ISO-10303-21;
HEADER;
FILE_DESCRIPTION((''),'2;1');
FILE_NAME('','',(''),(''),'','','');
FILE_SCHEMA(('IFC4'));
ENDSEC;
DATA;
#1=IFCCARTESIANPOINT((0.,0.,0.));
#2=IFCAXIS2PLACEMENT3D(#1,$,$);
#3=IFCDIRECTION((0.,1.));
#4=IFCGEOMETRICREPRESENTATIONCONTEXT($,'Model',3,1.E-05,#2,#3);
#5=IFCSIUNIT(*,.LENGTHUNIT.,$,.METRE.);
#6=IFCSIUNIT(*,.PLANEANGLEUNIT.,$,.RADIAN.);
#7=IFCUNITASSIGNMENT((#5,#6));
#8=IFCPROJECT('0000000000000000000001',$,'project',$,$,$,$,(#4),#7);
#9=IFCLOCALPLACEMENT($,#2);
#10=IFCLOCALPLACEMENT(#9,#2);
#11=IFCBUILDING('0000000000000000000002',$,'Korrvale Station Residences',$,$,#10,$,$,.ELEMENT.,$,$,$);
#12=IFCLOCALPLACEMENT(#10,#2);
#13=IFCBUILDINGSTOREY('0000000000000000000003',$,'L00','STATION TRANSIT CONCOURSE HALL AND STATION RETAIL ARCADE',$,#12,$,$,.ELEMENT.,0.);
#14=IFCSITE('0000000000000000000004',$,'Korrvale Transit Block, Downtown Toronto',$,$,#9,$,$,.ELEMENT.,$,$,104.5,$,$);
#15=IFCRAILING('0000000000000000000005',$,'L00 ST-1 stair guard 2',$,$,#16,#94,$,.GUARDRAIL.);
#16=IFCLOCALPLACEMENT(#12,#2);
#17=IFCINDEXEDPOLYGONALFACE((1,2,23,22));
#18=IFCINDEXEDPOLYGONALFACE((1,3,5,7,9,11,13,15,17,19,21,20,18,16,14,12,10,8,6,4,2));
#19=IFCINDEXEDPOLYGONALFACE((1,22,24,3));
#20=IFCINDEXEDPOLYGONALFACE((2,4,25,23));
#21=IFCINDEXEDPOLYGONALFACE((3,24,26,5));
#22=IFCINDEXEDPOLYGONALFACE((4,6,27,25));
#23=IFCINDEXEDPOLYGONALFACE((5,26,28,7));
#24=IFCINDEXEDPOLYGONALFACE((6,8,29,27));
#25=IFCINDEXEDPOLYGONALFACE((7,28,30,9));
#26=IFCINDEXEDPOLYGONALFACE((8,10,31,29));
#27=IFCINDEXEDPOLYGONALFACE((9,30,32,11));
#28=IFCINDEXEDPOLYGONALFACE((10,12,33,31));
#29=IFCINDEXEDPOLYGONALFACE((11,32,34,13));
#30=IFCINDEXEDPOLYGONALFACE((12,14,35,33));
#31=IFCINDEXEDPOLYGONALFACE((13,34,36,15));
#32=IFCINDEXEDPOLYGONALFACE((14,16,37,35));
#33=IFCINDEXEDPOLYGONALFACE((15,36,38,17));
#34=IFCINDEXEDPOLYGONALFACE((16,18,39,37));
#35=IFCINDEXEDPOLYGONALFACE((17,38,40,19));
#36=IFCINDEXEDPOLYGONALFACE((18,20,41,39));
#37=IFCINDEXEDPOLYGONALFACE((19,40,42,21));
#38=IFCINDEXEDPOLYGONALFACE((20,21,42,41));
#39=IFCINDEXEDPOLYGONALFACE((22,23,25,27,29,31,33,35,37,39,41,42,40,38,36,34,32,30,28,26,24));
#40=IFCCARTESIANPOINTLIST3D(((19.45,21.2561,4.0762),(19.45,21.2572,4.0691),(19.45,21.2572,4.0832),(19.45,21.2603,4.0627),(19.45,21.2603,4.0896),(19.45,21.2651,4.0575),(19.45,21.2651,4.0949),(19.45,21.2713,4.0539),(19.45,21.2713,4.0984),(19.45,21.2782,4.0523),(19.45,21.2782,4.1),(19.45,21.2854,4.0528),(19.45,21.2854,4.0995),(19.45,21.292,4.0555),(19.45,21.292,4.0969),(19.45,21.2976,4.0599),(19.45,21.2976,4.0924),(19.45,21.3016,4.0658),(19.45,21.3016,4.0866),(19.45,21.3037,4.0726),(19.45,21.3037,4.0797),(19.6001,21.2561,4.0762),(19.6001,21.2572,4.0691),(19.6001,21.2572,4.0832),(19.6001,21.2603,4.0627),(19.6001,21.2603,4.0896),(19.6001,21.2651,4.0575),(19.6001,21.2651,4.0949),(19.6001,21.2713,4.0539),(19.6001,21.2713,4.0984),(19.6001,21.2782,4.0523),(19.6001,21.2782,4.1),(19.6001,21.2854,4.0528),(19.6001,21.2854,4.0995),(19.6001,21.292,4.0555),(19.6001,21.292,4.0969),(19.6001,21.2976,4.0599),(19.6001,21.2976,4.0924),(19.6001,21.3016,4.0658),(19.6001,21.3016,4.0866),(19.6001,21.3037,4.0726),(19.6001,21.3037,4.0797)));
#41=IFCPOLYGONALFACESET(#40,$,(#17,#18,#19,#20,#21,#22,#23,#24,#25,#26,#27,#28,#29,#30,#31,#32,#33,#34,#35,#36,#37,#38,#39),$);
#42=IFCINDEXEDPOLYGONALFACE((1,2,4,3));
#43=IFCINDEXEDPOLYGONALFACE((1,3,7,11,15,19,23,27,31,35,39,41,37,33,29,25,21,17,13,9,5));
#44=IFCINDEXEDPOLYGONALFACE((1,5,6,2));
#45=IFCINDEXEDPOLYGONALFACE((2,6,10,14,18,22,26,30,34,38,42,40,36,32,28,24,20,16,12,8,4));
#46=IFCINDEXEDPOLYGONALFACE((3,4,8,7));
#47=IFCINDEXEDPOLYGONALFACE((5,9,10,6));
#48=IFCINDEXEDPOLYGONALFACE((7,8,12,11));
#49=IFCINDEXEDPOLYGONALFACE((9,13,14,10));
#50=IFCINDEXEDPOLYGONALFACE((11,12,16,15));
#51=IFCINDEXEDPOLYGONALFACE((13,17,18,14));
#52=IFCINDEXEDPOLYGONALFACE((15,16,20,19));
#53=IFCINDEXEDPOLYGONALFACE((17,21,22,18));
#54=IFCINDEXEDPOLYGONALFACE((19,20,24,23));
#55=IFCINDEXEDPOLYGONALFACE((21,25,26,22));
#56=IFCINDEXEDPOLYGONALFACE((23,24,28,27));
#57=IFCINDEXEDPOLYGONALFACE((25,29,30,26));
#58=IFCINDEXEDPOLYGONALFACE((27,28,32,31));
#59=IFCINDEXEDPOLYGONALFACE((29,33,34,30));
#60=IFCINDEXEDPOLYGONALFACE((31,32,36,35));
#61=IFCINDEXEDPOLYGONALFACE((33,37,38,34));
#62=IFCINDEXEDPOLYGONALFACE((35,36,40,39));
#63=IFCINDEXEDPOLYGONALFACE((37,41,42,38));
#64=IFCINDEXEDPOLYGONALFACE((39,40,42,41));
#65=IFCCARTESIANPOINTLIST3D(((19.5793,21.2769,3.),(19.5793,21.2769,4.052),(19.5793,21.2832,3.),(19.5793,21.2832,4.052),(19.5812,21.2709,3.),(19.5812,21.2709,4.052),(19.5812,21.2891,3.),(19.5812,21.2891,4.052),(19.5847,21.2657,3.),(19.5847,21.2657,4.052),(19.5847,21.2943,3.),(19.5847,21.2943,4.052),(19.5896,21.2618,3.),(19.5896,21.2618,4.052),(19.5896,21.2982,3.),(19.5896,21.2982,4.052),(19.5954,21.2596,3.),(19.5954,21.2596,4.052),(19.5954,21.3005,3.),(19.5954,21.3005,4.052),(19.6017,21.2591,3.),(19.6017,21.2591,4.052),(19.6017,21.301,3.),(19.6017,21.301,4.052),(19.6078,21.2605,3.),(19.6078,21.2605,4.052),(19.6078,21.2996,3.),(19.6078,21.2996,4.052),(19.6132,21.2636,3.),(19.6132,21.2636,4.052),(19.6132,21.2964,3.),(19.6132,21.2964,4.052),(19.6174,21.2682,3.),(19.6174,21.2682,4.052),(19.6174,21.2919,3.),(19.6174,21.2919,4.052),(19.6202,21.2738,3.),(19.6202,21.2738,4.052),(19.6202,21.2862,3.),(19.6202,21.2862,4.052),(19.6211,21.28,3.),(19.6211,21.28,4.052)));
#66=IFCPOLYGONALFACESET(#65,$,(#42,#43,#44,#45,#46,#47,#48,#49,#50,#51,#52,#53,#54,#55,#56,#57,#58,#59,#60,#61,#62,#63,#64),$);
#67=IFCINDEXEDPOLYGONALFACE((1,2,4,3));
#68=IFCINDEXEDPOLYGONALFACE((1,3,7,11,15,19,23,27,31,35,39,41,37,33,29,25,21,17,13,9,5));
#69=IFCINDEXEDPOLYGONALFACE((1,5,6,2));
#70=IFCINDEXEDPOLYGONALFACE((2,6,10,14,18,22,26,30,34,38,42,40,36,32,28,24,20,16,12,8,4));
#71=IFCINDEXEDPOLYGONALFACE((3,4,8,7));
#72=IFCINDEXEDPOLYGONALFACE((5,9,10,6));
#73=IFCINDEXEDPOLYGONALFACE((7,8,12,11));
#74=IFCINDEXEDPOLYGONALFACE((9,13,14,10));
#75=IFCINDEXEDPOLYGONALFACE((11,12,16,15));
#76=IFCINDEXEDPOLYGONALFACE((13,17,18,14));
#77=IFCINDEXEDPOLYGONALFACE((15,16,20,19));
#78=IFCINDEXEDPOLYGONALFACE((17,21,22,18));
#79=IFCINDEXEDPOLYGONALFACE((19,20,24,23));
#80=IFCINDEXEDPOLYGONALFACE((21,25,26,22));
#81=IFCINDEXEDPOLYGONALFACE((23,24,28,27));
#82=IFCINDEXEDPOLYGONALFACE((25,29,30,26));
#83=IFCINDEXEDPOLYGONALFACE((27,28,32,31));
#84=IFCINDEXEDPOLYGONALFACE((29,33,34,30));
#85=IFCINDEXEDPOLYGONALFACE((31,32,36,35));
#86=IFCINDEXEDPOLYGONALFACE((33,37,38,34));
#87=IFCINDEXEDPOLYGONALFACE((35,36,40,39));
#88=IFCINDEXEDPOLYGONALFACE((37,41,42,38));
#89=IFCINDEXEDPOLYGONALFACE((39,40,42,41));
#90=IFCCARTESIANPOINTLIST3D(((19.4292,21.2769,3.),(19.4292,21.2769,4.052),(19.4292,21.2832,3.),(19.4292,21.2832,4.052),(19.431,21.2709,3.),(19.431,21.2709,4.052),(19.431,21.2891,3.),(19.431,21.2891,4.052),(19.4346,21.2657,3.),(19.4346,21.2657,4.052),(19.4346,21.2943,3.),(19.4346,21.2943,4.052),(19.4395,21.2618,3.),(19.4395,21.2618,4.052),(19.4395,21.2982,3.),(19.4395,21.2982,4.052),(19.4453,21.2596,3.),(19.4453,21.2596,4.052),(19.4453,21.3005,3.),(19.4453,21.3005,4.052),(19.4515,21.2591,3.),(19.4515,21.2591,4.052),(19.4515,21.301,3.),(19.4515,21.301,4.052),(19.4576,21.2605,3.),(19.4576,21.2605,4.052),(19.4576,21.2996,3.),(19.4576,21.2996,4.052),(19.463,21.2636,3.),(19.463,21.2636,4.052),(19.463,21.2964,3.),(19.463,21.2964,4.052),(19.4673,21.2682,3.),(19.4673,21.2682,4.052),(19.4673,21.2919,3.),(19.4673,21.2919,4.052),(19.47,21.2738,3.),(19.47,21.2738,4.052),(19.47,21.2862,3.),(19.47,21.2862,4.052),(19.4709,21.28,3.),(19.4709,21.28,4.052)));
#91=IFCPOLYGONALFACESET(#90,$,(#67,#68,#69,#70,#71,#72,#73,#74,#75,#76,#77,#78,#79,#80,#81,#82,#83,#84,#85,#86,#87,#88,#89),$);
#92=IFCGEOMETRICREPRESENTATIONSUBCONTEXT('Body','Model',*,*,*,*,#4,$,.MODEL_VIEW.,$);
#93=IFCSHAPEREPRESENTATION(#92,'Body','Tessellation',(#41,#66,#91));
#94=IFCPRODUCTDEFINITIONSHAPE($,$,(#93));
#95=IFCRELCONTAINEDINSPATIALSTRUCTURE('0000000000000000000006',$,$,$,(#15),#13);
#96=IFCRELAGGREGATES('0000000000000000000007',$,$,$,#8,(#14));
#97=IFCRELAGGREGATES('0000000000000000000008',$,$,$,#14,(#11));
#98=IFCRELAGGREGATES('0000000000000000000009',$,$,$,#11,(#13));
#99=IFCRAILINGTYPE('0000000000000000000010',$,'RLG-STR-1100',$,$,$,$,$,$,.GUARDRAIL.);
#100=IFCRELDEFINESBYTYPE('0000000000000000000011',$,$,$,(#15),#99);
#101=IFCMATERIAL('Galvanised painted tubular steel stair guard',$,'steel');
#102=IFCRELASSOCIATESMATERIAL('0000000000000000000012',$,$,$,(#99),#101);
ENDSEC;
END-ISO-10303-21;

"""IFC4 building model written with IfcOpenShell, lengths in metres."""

from ifc_helpers import new_model, si_unit, direction, frame, origin, origin_2d, place, context, subcontext, project, spatial, circle, extrude, material, type_object, element, save


model = new_model("IFC4")

# Units and contexts
model_context = context("Model", 3, precision=1e-05, world=origin(), true_north=direction((0.0, 1.0)))
body_context = subcontext(model_context, "Body", "Model", "MODEL_VIEW")
ifc_project = project(units=[si_unit("LENGTHUNIT", "METRE"), si_unit("PLANEANGLEUNIT", "RADIAN")], contexts=[model_context])

# Site, building, storey
site_placement = place(None, origin())
site = spatial("IfcSite", under=ifc_project, at=site_placement, Name="Korrvale Transit Block, Downtown Toronto", CompositionType="ELEMENT", RefElevation=104.5)
building_placement = place(site_placement, origin())
building = spatial("IfcBuilding", under=site, at=building_placement, Name="Korrvale Station Residences", CompositionType="ELEMENT")
storey_placement = place(building_placement, origin())
storey = spatial("IfcBuildingStorey", under=building, at=storey_placement, Name="L00", Description="STATION TRANSIT CONCOURSE HALL AND STATION RETAIL ARCADE", CompositionType="ELEMENT", Elevation=0.0)

# Railing
ifc_material_1 = material(Name="Galvanised painted tubular steel stair guard", Category="steel")
railing_type = type_object("IfcRailingType", Name="RLG-STR-1100", PredefinedType="GUARDRAIL", material=ifc_material_1)
railing_1_placement = place(storey_placement, frame((19.6001, 21.28, 3.0)))
element("IfcRailing", 1, at=railing_1_placement, inside=storey, type_object=railing_type, Name="L00 ST-1 stair guard 2", PredefinedType="GUARDRAIL", context=body_context, shape_type="SweptSolid", body=[
    extrude(circle(Radius=0.0239, at=origin_2d()), frame((0.0, 0.0, 1.0762), z_axis=(-1.0, 0.0, 0.0), x_axis=(0.0, -1.0, 0.0)), (0.0, 0.0, 1.0), 0.1501),
    extrude(circle(Radius=0.021, at=origin_2d()), origin(), (0.0, 0.0, 1.0), 1.052),
    extrude(circle(Radius=0.021, at=origin_2d()), frame((-0.1501, 0.0, 0.0)), (0.0, 0.0, 1.0), 1.052),
])

save(model, "model.ifc")
